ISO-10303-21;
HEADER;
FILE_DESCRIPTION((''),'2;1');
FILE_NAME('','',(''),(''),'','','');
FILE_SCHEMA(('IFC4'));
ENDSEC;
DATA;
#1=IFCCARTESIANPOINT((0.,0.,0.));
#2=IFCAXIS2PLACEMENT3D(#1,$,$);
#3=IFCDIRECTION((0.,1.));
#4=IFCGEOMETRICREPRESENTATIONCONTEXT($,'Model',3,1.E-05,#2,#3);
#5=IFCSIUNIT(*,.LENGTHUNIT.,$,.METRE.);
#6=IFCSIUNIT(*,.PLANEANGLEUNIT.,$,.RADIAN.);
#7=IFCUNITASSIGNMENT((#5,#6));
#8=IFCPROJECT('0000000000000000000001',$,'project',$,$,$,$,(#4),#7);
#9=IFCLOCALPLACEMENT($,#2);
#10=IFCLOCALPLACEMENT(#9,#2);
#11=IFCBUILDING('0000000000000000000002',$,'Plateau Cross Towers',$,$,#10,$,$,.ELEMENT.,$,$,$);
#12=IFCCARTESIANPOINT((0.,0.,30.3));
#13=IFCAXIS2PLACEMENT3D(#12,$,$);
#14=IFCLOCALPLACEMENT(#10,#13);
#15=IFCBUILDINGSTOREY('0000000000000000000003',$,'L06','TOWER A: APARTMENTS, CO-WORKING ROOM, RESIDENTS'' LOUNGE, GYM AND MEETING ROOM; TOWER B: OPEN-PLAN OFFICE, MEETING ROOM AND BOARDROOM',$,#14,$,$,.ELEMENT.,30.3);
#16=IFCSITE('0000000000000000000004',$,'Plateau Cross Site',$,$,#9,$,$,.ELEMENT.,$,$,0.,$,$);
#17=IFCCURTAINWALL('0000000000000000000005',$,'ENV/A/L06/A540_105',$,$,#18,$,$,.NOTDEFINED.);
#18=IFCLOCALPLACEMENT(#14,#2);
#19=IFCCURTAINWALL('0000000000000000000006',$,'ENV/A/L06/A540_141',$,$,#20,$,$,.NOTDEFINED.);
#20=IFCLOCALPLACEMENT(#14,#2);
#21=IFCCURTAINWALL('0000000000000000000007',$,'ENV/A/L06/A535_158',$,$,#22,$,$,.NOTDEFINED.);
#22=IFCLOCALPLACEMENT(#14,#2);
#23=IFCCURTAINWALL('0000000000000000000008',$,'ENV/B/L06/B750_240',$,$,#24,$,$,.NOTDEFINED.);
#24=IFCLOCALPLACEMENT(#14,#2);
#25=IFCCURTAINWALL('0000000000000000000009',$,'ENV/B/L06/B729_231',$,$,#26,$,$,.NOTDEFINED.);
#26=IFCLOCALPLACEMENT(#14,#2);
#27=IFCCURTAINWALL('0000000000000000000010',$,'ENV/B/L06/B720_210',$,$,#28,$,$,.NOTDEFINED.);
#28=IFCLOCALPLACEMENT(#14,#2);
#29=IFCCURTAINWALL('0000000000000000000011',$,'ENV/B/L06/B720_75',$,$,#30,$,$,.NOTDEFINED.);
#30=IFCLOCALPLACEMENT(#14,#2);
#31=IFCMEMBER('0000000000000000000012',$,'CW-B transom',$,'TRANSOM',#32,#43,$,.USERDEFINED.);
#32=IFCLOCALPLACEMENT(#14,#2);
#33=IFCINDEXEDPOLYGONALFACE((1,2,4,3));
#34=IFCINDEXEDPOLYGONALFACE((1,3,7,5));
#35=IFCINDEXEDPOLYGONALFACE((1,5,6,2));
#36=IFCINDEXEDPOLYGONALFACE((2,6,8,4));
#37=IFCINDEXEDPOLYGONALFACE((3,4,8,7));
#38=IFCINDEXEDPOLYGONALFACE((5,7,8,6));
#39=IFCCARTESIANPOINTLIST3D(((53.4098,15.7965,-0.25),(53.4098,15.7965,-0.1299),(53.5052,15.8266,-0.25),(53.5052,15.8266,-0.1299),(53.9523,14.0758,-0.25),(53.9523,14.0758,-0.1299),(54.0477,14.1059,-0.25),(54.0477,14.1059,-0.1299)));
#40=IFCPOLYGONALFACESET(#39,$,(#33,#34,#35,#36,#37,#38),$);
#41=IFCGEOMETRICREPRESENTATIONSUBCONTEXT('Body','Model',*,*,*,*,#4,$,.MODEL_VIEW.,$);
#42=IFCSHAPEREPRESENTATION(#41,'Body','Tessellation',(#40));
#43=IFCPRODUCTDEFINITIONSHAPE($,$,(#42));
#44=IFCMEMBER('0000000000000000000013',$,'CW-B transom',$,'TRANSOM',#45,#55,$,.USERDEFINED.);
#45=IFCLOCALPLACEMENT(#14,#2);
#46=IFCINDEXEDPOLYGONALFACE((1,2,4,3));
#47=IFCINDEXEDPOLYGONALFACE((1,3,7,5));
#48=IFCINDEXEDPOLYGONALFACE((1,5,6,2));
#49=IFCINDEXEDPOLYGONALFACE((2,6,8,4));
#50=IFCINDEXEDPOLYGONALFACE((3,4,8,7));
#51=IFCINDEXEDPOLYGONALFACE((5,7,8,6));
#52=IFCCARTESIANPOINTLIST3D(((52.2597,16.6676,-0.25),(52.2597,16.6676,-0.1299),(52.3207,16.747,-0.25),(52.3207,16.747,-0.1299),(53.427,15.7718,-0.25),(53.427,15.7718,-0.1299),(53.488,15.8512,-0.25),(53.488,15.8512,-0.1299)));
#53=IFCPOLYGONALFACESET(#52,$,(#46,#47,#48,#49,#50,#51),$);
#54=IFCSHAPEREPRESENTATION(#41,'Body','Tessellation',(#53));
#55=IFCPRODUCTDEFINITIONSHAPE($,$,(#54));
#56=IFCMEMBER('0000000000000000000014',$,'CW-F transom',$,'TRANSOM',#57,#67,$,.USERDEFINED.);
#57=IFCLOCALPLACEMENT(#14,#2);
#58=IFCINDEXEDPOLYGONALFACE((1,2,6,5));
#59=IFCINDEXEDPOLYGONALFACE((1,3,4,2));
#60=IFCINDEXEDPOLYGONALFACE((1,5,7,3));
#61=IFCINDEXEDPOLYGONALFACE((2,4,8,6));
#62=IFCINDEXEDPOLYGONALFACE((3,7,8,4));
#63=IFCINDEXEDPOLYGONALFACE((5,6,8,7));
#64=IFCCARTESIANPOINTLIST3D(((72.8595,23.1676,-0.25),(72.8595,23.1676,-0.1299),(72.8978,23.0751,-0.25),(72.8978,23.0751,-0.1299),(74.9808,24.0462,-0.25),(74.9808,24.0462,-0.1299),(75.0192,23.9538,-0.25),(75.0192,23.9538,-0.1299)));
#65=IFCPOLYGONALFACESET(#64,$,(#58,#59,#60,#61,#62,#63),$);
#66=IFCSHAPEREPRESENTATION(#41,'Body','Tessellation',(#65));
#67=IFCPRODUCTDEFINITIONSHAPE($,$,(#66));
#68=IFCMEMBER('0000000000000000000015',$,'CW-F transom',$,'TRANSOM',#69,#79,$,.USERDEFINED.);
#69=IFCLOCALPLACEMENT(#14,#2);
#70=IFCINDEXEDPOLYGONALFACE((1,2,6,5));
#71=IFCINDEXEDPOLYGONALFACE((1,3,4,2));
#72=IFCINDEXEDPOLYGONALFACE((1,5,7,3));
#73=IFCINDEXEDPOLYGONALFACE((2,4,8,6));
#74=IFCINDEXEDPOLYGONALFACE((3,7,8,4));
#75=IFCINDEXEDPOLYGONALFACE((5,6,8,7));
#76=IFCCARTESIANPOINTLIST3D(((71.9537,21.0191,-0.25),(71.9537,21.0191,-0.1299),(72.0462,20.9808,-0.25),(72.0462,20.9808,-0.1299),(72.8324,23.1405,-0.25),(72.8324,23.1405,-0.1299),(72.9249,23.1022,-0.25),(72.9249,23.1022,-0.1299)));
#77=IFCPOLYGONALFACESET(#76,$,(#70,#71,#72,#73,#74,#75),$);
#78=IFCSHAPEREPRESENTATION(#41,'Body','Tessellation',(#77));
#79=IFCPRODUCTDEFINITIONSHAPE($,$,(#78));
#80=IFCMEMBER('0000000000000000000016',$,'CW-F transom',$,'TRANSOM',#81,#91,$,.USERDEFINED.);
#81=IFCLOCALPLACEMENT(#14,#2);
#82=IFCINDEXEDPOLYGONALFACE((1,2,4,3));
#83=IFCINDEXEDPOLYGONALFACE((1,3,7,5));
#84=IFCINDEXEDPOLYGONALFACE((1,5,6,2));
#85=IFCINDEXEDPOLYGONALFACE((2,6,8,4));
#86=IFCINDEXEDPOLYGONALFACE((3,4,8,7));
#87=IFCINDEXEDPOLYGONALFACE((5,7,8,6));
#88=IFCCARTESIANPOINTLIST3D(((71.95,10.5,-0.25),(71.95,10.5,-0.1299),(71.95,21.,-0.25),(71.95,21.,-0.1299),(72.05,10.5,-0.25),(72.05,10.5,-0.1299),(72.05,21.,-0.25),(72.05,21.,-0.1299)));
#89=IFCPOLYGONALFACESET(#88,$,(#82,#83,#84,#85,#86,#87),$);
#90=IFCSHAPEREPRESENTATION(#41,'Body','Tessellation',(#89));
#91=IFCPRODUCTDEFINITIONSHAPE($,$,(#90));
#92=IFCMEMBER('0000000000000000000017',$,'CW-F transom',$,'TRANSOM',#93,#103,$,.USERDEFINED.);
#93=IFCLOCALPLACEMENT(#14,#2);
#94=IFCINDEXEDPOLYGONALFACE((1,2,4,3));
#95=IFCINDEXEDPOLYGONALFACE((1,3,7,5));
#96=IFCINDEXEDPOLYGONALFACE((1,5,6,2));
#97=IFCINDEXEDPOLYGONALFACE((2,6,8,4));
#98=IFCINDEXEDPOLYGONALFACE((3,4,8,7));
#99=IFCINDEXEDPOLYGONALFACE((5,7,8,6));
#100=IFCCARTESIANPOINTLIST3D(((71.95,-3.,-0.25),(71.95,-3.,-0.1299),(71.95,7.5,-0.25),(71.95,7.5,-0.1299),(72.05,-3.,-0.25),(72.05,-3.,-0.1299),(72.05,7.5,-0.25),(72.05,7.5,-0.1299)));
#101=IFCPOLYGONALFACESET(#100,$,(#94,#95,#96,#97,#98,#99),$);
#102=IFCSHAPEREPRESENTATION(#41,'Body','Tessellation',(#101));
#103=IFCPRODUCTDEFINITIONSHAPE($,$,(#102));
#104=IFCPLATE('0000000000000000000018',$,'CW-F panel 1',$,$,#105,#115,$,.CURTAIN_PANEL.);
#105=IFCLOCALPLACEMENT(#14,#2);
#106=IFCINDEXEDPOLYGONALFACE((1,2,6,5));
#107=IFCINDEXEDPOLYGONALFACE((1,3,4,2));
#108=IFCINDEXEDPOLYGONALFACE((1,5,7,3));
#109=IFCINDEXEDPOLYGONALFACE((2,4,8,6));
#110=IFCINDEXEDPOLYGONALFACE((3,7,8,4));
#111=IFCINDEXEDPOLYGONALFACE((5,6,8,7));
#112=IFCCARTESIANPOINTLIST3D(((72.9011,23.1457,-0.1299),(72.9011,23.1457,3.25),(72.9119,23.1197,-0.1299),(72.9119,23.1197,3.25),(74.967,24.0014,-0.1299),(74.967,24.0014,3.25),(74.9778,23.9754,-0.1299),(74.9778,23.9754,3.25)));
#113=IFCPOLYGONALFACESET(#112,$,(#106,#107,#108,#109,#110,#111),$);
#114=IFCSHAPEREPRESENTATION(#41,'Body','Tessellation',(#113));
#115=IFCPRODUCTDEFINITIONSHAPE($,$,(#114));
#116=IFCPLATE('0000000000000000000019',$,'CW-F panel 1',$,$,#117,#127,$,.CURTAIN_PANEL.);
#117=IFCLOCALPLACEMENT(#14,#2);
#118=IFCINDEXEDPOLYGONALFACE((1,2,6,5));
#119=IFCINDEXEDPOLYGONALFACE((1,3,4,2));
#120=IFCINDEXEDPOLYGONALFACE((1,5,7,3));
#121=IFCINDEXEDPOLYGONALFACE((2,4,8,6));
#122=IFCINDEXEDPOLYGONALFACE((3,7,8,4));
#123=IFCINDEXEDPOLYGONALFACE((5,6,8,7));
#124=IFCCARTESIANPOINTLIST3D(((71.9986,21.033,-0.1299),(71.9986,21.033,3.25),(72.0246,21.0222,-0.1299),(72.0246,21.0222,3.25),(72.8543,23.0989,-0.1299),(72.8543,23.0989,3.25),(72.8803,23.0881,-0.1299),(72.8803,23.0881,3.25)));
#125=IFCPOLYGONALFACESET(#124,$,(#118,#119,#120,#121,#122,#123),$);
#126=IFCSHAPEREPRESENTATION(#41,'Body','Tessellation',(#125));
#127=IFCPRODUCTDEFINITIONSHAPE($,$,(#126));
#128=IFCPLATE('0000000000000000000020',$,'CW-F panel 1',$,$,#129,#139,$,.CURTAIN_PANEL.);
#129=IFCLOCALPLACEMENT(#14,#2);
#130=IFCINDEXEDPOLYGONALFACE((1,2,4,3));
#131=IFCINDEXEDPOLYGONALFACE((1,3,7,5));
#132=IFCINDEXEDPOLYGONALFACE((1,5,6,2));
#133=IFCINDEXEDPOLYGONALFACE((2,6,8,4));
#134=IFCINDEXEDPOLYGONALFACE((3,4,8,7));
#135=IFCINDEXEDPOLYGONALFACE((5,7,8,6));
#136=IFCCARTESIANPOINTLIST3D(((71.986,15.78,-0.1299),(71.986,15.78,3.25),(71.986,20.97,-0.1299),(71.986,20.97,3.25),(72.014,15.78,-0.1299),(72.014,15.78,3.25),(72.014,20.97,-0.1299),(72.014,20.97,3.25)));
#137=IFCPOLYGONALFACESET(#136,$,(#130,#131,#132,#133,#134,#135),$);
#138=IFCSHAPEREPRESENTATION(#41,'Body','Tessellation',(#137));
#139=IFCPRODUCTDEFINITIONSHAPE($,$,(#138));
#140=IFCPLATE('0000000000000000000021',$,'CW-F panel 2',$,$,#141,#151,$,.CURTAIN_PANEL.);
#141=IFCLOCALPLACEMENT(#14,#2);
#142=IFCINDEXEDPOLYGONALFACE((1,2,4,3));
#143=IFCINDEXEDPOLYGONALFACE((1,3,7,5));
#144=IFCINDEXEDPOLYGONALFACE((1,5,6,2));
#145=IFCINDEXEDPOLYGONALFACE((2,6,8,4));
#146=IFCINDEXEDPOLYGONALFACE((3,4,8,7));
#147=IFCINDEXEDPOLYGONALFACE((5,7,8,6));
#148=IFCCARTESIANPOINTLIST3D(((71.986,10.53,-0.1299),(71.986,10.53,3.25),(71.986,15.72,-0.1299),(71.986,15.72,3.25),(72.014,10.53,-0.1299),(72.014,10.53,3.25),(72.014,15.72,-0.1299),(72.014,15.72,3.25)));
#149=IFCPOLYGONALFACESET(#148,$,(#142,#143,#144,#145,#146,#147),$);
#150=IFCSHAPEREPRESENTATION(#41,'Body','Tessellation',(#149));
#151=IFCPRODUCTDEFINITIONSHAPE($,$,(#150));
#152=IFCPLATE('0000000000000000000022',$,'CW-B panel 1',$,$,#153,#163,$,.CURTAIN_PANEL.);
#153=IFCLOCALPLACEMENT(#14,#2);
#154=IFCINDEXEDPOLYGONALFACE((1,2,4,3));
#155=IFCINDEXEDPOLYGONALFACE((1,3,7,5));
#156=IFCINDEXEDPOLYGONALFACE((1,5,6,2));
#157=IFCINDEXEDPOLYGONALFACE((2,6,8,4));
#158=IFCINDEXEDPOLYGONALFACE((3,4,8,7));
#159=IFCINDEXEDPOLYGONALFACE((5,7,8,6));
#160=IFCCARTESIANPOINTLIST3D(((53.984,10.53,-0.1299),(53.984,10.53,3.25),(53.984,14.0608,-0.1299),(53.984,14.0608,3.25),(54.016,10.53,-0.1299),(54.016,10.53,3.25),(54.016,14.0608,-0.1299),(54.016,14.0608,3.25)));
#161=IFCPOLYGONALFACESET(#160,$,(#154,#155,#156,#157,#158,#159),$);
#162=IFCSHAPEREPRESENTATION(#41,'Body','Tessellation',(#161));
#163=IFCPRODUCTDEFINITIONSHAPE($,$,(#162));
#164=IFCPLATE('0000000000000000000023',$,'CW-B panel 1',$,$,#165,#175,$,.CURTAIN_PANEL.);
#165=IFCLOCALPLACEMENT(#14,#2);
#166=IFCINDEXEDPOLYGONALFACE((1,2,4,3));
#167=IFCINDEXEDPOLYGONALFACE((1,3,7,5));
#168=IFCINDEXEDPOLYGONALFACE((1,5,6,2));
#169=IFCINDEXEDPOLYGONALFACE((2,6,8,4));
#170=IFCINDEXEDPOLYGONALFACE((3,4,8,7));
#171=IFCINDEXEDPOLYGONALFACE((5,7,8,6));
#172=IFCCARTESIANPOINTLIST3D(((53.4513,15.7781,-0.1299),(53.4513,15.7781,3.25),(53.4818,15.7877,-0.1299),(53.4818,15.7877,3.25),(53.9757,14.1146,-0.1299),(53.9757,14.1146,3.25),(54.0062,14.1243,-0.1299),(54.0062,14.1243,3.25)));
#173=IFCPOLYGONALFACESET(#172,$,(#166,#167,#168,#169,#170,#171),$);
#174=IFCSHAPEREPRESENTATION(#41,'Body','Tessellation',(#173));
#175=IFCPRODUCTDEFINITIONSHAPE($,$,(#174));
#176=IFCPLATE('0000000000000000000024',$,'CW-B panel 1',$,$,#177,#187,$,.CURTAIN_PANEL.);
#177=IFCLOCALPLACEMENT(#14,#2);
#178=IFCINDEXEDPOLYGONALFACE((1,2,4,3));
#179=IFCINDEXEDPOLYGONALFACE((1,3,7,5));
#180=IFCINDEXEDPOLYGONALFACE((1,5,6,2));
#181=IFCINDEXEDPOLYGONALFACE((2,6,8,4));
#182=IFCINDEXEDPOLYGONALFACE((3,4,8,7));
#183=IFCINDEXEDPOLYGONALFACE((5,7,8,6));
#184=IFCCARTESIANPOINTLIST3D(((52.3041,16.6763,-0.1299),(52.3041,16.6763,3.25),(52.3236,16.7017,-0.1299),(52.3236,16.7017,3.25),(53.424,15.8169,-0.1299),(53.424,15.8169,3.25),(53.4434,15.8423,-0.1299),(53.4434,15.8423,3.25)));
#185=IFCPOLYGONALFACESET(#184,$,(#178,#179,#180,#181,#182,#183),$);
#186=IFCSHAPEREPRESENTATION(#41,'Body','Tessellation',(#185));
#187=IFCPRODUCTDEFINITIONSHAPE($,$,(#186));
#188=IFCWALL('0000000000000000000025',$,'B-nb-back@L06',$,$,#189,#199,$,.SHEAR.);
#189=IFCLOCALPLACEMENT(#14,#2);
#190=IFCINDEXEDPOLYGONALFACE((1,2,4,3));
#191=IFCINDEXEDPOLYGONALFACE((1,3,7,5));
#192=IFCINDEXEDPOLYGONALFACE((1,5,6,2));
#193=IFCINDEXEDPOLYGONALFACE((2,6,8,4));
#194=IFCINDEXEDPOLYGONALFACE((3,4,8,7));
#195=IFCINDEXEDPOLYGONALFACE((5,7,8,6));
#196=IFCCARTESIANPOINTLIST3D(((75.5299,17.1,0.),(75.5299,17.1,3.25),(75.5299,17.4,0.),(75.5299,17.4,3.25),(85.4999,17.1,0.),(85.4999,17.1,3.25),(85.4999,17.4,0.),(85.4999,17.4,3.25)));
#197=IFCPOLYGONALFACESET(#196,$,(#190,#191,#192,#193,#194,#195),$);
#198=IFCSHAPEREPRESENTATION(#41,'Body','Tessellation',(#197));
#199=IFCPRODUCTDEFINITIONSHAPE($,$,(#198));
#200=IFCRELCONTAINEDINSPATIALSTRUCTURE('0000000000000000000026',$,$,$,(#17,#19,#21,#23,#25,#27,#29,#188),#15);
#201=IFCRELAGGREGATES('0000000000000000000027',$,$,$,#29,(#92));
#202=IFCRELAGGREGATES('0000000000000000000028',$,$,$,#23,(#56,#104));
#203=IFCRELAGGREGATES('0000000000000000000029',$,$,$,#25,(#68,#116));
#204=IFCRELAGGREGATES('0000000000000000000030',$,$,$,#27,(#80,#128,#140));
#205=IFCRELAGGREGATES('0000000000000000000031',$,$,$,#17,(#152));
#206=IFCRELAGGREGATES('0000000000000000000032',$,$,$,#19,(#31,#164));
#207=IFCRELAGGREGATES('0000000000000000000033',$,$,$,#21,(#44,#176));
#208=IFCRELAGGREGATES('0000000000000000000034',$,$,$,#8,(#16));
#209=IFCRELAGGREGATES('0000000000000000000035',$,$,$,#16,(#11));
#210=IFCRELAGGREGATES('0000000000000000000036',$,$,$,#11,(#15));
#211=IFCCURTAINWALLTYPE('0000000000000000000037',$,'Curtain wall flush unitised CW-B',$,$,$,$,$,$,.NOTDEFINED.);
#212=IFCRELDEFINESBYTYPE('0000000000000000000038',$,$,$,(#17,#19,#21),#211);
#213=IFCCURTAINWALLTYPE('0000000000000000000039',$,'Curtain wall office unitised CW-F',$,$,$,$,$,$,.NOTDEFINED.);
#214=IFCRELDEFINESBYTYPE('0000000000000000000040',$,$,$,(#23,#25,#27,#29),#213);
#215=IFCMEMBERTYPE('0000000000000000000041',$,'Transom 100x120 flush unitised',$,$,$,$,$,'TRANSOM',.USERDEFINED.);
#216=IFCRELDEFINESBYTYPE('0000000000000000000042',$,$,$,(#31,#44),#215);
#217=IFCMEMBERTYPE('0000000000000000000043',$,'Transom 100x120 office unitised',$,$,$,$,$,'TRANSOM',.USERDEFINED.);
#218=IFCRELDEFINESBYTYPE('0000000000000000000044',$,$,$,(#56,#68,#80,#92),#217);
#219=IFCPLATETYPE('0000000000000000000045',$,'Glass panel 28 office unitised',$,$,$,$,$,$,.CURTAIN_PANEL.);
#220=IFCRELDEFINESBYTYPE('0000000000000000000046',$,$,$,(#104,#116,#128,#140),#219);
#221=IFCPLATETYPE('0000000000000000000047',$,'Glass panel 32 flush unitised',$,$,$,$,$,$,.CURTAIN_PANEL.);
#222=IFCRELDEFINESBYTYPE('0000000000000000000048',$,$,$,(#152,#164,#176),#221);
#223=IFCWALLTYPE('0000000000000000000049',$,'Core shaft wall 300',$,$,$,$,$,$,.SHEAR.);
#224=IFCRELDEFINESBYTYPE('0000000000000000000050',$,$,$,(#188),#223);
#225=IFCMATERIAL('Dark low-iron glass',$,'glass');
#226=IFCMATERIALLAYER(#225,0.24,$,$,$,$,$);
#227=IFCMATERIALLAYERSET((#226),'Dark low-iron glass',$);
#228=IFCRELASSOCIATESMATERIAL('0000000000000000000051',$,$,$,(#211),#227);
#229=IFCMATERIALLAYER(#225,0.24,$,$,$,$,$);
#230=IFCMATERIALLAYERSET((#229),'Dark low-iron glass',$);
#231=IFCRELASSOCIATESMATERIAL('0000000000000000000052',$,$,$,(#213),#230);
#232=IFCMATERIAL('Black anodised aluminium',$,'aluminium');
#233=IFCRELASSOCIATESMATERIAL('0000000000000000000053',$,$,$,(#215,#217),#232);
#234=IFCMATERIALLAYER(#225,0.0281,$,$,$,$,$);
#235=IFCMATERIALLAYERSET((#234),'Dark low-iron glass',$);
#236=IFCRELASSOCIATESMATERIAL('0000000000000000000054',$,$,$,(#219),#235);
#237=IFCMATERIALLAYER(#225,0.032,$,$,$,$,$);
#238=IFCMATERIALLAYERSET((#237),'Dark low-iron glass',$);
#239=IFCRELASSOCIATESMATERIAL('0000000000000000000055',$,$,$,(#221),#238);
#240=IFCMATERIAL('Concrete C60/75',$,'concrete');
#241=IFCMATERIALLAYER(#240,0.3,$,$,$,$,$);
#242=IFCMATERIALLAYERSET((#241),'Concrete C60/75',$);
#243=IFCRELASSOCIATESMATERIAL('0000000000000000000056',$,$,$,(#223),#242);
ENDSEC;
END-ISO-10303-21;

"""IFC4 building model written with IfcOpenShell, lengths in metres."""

from ifc_helpers import new_model, si_unit, direction, frame, frame_2d, origin, origin_2d, place, context, subcontext, project, spatial, rectangle, extrude, material, layer, layer_set, material_profile, profile_set, type_object, element, aggregate, save


model = new_model("IFC4")

# Units and contexts
model_context = context("Model", 3, precision=1e-05, world=origin(), true_north=direction((0.0, 1.0)))
body_context = subcontext(model_context, "Body", "Model", "MODEL_VIEW")
ifc_project = project(units=[si_unit("LENGTHUNIT", "METRE"), si_unit("PLANEANGLEUNIT", "RADIAN")], contexts=[model_context])

# Site, building, storey
site_placement = place(None, origin())
site = spatial("IfcSite", under=ifc_project, at=site_placement, Name="Plateau Cross Site", CompositionType="ELEMENT", RefElevation=0.0)
building_placement = place(site_placement, origin())
building = spatial("IfcBuilding", under=site, at=building_placement, Name="Plateau Cross Towers", CompositionType="ELEMENT")
storey_placement = place(building_placement, frame((0.0, 0.0, 30.3)))
storey = spatial("IfcBuildingStorey", under=building, at=storey_placement, Name="L06", Description="TOWER A: APARTMENTS, CO-WORKING ROOM, RESIDENTS' LOUNGE, GYM AND MEETING ROOM; TOWER B: OPEN-PLAN OFFICE, MEETING ROOM AND BOARDROOM", CompositionType="ELEMENT", Elevation=30.3)

# Shared definitions
ifc_material_1 = material(Name="Concrete C60/75", Category="concrete")

# Curtain walls
ifc_material_2 = material(Name="Dark low-iron glass", Category="glass")
ifc_layer_1 = layer(ifc_material_2, 0.24)
ifc_layer_set_1 = layer_set([ifc_layer_1], Name="Dark low-iron glass")
curtain_wall_type_1 = type_object("IfcCurtainWallType", Name="Curtain wall flush unitised CW-B", PredefinedType="NOTDEFINED", material=ifc_layer_set_1)
curtain_wall_1_placement = place(storey_placement, origin())
curtain_wall_1 = element("IfcCurtainWall", 1, at=curtain_wall_1_placement, inside=storey, type_object=curtain_wall_type_1, Name="ENV/A/L06/A540_105", PredefinedType="NOTDEFINED")
ifc_material_3 = material(Name="Black anodised aluminium", Category="aluminium")
curtain_wall_2_placement = place(storey_placement, origin())
curtain_wall_2 = element("IfcCurtainWall", 2, at=curtain_wall_2_placement, inside=storey, type_object=curtain_wall_type_1, Name="ENV/A/L06/A540_141", PredefinedType="NOTDEFINED")
curtain_wall_3_placement = place(storey_placement, origin())
curtain_wall_3 = element("IfcCurtainWall", 3, at=curtain_wall_3_placement, inside=storey, type_object=curtain_wall_type_1, Name="ENV/A/L06/A535_158", PredefinedType="NOTDEFINED")
ifc_layer_2 = layer(ifc_material_2, 0.24)
ifc_layer_set_2 = layer_set([ifc_layer_2], Name="Dark low-iron glass")
curtain_wall_type_2 = type_object("IfcCurtainWallType", Name="Curtain wall office unitised CW-F", PredefinedType="NOTDEFINED", material=ifc_layer_set_2)
curtain_wall_4_placement = place(storey_placement, origin())
curtain_wall_4 = element("IfcCurtainWall", 4, at=curtain_wall_4_placement, inside=storey, type_object=curtain_wall_type_2, Name="ENV/B/L06/B750_240", PredefinedType="NOTDEFINED")
curtain_wall_5_placement = place(storey_placement, origin())
curtain_wall_5 = element("IfcCurtainWall", 5, at=curtain_wall_5_placement, inside=storey, type_object=curtain_wall_type_2, Name="ENV/B/L06/B729_231", PredefinedType="NOTDEFINED")

# Curtain wall
curtain_wall_6_placement = place(storey_placement, origin())
curtain_wall_6 = element("IfcCurtainWall", 6, at=curtain_wall_6_placement, inside=storey, type_object=curtain_wall_type_2, Name="ENV/B/L06/B720_210", PredefinedType="NOTDEFINED")

# Curtain wall
curtain_wall_7_placement = place(storey_placement, origin())
curtain_wall_7 = element("IfcCurtainWall", 7, at=curtain_wall_7_placement, inside=storey, type_object=curtain_wall_type_2, Name="ENV/B/L06/B720_75", PredefinedType="NOTDEFINED")

# Members
ifc_material_profile_1 = material_profile(ifc_material_3, rectangle(XDim=0.1001, YDim=0.1201, at=origin_2d()), Name="TRANSOM 100x120")
ifc_profile_set_1 = profile_set([ifc_material_profile_1], Name="Black anodised aluminium")
member_type_1 = type_object("IfcMemberType", Name="Transom 100x120 flush unitised", ElementType="TRANSOM", PredefinedType="USERDEFINED", material=ifc_profile_set_1)
member_1_placement = place(storey_placement, frame((54.0, 14.0908, -0.1899), z_axis=(-0.300678, 0.953726, 0.0), x_axis=(-0.953726, -0.300678, 0.0)))
member_1 = element("IfcMember", 8, at=member_1_placement, type_object=member_type_1, Name="CW-B transom", ObjectType="TRANSOM", PredefinedType="USERDEFINED", context=body_context, shape_type="SweptSolid", body=[
    extrude(rectangle(XDim=0.1001, YDim=0.1201, at=origin_2d()), origin(), (0.0, 0.0, 1.0), 1.8042),
])
member_2_placement = place(storey_placement, frame((53.4575, 15.8115, -0.1899), z_axis=(-0.793321, 0.608804, 0.0), x_axis=(-0.608804, -0.793321, 0.0)))
member_2 = element("IfcMember", 9, at=member_2_placement, type_object=member_type_1, Name="CW-B transom", ObjectType="TRANSOM", PredefinedType="USERDEFINED", context=body_context, shape_type="SweptSolid", body=[
    extrude(rectangle(XDim=0.1001, YDim=0.1201, at=origin_2d()), origin(), (0.0, 0.0, 1.0), 1.4714),
])
ifc_material_profile_2 = material_profile(ifc_material_3, rectangle(XDim=0.1001, YDim=0.1201, at=origin_2d()), Name="TRANSOM 100x120")
ifc_profile_set_2 = profile_set([ifc_material_profile_2], Name="Black anodised aluminium")
member_type_2 = type_object("IfcMemberType", Name="Transom 100x120 office unitised", ElementType="TRANSOM", PredefinedType="USERDEFINED", material=ifc_profile_set_2)
member_3_placement = place(storey_placement, frame((75.0, 24.0, -0.1899), z_axis=(-0.923883, -0.382674, 0.0), x_axis=(0.382674, -0.923883, 0.0)))
member_3 = element("IfcMember", 10, at=member_3_placement, type_object=member_type_2, Name="CW-F transom", ObjectType="TRANSOM", PredefinedType="USERDEFINED", context=body_context, shape_type="SweptSolid", body=[
    extrude(rectangle(XDim=0.1001, YDim=0.1201, at=origin_2d()), origin(), (0.0, 0.0, 1.0), 2.2961),
])
member_4_placement = place(storey_placement, frame((72.8787, 23.1213, -0.1899), z_axis=(-0.382674, -0.923883, 0.0), x_axis=(0.923883, -0.382674, 0.0)))
member_4 = element("IfcMember", 11, at=member_4_placement, type_object=member_type_2, Name="CW-F transom", ObjectType="TRANSOM", PredefinedType="USERDEFINED", context=body_context, shape_type="SweptSolid", body=[
    extrude(rectangle(XDim=0.1001, YDim=0.1201, at=origin_2d()), origin(), (0.0, 0.0, 1.0), 2.2961),
])
member_5_placement = place(storey_placement, frame((72.0, 21.0, -0.1899), z_axis=(0.0, -1.0, 0.0), x_axis=(1.0, 0.0, 0.0)))
member_5 = element("IfcMember", 12, at=member_5_placement, type_object=member_type_2, Name="CW-F transom", ObjectType="TRANSOM", PredefinedType="USERDEFINED", context=body_context, shape_type="SweptSolid", body=[
    extrude(rectangle(XDim=0.1001, YDim=0.1201, at=origin_2d()), origin(), (0.0, 0.0, 1.0), 10.5),
])
member_6_placement = place(storey_placement, frame((72.0, 7.5, -0.1899), z_axis=(0.0, -1.0, 0.0), x_axis=(1.0, 0.0, 0.0)))
member_6 = element("IfcMember", 13, at=member_6_placement, type_object=member_type_2, Name="CW-F transom", ObjectType="TRANSOM", PredefinedType="USERDEFINED", context=body_context, shape_type="SweptSolid", body=[
    extrude(rectangle(XDim=0.1001, YDim=0.1201, at=origin_2d()), origin(), (0.0, 0.0, 1.0), 10.5),
])
aggregate(curtain_wall_7, [member_6])

# Plates
ifc_layer_3 = layer(ifc_material_2, 0.0281)
ifc_layer_set_3 = layer_set([ifc_layer_3], Name="Dark low-iron glass")
plate_type_1 = type_object("IfcPlateType", Name="Glass panel 28 office unitised", PredefinedType="CURTAIN_PANEL", material=ifc_layer_set_3)
plate_1_placement = place(storey_placement, frame((73.9395, 23.5605, -0.1299), z_axis=(0.0, 0.0, 1.0), x_axis=(-0.923879, -0.382684, 0.0)))
plate_1 = element("IfcPlate", 14, at=plate_1_placement, type_object=plate_type_1, Name="CW-F panel 1", PredefinedType="CURTAIN_PANEL", context=body_context, shape_type="SweptSolid", body=[
    extrude(rectangle(XDim=2.2361, YDim=0.0281, at=origin_2d()), origin(), (0.0, 0.0, 1.0), 3.3799),
])
aggregate(curtain_wall_4, [member_3, plate_1])
plate_2_placement = place(storey_placement, frame((72.4395, 22.0605, -0.1299), z_axis=(0.0, 0.0, 1.0), x_axis=(-0.382684, -0.923879, 0.0)))
plate_2 = element("IfcPlate", 15, at=plate_2_placement, type_object=plate_type_1, Name="CW-F panel 1", PredefinedType="CURTAIN_PANEL", context=body_context, shape_type="SweptSolid", body=[
    extrude(rectangle(XDim=2.2361, YDim=0.0281, at=origin_2d()), origin(), (0.0, 0.0, 1.0), 3.3799),
])
aggregate(curtain_wall_5, [member_4, plate_2])
plate_3_placement = place(storey_placement, frame((72.0, 18.375, -0.1299), z_axis=(0.0, 0.0, 1.0), x_axis=(0.0, -1.0, 0.0)))
plate_3 = element("IfcPlate", 16, at=plate_3_placement, type_object=plate_type_1, Name="CW-F panel 1", PredefinedType="CURTAIN_PANEL", context=body_context, shape_type="SweptSolid", body=[
    extrude(rectangle(XDim=5.1899, YDim=0.0281, at=origin_2d()), origin(), (0.0, 0.0, 1.0), 3.3799),
])
plate_4_placement = place(storey_placement, frame((72.0, 13.125, -0.1299), z_axis=(0.0, 0.0, 1.0), x_axis=(0.0, -1.0, 0.0)))
plate_4 = element("IfcPlate", 17, at=plate_4_placement, type_object=plate_type_1, Name="CW-F panel 2", PredefinedType="CURTAIN_PANEL", context=body_context, shape_type="SweptSolid", body=[
    extrude(rectangle(XDim=5.1899, YDim=0.0281, at=origin_2d()), origin(), (0.0, 0.0, 1.0), 3.3799),
])
aggregate(curtain_wall_6, [member_5, plate_3, plate_4])
ifc_layer_4 = layer(ifc_material_2, 0.032)
ifc_layer_set_4 = layer_set([ifc_layer_4], Name="Dark low-iron glass")
plate_type_2 = type_object("IfcPlateType", Name="Glass panel 32 flush unitised", PredefinedType="CURTAIN_PANEL", material=ifc_layer_set_4)
plate_5_placement = place(storey_placement, frame((54.0, 12.2954, -0.1299), z_axis=(0.0, 0.0, 1.0), x_axis=(0.0, 1.0, 0.0)))
plate_5 = element("IfcPlate", 18, at=plate_5_placement, type_object=plate_type_2, Name="CW-B panel 1", PredefinedType="CURTAIN_PANEL", context=body_context, shape_type="SweptSolid", body=[
    extrude(rectangle(XDim=3.5308, YDim=0.032, at=origin_2d()), origin(), (0.0, 0.0, 1.0), 3.3799),
])
aggregate(curtain_wall_1, [plate_5])
plate_6_placement = place(storey_placement, frame((53.7288, 14.9512, -0.1299), z_axis=(0.0, 0.0, 1.0), x_axis=(-0.300686, 0.953723, 0.0)))
plate_6 = element("IfcPlate", 19, at=plate_6_placement, type_object=plate_type_2, Name="CW-B panel 1", PredefinedType="CURTAIN_PANEL", context=body_context, shape_type="SweptSolid", body=[
    extrude(rectangle(XDim=1.7441, YDim=0.032, at=origin_2d()), origin(), (0.0, 0.0, 1.0), 3.3799),
])
aggregate(curtain_wall_2, [member_1, plate_6])
plate_7_placement = place(storey_placement, frame((52.8738, 16.2593, -0.1299), z_axis=(0.0, 0.0, 1.0), x_axis=(-0.793316, 0.608811, 0.0)))
plate_7 = element("IfcPlate", 20, at=plate_7_placement, type_object=plate_type_2, Name="CW-B panel 1", PredefinedType="CURTAIN_PANEL", context=body_context, shape_type="SweptSolid", body=[
    extrude(rectangle(XDim=1.4116, YDim=0.032, at=origin_2d()), origin(), (0.0, 0.0, 1.0), 3.3799),
])
aggregate(curtain_wall_3, [member_2, plate_7])

# Wall
ifc_layer_5 = layer(ifc_material_1, 0.3)
ifc_layer_set_5 = layer_set([ifc_layer_5], Name="Concrete C60/75")
wall_type_1 = type_object("IfcWallType", Name="Core shaft wall 300", PredefinedType="SHEAR", material=ifc_layer_set_5)
wall_1_placement = place(storey_placement, frame((75.53, 17.25, 0.0), z_axis=(0.0, 0.0, 1.0), x_axis=(1.0, 0.0, 0.0)))
element("IfcWall", 21, at=wall_1_placement, inside=storey, type_object=wall_type_1, Name="B-nb-back@L06", PredefinedType="SHEAR", context=body_context, shape_type="SweptSolid", body=[
    extrude(rectangle(XDim=9.97, YDim=0.3, at=frame_2d((4.9849, 0.0))), origin(), (0.0, 0.0, 1.0), 3.25),
])

save(model, "model.ifc")
